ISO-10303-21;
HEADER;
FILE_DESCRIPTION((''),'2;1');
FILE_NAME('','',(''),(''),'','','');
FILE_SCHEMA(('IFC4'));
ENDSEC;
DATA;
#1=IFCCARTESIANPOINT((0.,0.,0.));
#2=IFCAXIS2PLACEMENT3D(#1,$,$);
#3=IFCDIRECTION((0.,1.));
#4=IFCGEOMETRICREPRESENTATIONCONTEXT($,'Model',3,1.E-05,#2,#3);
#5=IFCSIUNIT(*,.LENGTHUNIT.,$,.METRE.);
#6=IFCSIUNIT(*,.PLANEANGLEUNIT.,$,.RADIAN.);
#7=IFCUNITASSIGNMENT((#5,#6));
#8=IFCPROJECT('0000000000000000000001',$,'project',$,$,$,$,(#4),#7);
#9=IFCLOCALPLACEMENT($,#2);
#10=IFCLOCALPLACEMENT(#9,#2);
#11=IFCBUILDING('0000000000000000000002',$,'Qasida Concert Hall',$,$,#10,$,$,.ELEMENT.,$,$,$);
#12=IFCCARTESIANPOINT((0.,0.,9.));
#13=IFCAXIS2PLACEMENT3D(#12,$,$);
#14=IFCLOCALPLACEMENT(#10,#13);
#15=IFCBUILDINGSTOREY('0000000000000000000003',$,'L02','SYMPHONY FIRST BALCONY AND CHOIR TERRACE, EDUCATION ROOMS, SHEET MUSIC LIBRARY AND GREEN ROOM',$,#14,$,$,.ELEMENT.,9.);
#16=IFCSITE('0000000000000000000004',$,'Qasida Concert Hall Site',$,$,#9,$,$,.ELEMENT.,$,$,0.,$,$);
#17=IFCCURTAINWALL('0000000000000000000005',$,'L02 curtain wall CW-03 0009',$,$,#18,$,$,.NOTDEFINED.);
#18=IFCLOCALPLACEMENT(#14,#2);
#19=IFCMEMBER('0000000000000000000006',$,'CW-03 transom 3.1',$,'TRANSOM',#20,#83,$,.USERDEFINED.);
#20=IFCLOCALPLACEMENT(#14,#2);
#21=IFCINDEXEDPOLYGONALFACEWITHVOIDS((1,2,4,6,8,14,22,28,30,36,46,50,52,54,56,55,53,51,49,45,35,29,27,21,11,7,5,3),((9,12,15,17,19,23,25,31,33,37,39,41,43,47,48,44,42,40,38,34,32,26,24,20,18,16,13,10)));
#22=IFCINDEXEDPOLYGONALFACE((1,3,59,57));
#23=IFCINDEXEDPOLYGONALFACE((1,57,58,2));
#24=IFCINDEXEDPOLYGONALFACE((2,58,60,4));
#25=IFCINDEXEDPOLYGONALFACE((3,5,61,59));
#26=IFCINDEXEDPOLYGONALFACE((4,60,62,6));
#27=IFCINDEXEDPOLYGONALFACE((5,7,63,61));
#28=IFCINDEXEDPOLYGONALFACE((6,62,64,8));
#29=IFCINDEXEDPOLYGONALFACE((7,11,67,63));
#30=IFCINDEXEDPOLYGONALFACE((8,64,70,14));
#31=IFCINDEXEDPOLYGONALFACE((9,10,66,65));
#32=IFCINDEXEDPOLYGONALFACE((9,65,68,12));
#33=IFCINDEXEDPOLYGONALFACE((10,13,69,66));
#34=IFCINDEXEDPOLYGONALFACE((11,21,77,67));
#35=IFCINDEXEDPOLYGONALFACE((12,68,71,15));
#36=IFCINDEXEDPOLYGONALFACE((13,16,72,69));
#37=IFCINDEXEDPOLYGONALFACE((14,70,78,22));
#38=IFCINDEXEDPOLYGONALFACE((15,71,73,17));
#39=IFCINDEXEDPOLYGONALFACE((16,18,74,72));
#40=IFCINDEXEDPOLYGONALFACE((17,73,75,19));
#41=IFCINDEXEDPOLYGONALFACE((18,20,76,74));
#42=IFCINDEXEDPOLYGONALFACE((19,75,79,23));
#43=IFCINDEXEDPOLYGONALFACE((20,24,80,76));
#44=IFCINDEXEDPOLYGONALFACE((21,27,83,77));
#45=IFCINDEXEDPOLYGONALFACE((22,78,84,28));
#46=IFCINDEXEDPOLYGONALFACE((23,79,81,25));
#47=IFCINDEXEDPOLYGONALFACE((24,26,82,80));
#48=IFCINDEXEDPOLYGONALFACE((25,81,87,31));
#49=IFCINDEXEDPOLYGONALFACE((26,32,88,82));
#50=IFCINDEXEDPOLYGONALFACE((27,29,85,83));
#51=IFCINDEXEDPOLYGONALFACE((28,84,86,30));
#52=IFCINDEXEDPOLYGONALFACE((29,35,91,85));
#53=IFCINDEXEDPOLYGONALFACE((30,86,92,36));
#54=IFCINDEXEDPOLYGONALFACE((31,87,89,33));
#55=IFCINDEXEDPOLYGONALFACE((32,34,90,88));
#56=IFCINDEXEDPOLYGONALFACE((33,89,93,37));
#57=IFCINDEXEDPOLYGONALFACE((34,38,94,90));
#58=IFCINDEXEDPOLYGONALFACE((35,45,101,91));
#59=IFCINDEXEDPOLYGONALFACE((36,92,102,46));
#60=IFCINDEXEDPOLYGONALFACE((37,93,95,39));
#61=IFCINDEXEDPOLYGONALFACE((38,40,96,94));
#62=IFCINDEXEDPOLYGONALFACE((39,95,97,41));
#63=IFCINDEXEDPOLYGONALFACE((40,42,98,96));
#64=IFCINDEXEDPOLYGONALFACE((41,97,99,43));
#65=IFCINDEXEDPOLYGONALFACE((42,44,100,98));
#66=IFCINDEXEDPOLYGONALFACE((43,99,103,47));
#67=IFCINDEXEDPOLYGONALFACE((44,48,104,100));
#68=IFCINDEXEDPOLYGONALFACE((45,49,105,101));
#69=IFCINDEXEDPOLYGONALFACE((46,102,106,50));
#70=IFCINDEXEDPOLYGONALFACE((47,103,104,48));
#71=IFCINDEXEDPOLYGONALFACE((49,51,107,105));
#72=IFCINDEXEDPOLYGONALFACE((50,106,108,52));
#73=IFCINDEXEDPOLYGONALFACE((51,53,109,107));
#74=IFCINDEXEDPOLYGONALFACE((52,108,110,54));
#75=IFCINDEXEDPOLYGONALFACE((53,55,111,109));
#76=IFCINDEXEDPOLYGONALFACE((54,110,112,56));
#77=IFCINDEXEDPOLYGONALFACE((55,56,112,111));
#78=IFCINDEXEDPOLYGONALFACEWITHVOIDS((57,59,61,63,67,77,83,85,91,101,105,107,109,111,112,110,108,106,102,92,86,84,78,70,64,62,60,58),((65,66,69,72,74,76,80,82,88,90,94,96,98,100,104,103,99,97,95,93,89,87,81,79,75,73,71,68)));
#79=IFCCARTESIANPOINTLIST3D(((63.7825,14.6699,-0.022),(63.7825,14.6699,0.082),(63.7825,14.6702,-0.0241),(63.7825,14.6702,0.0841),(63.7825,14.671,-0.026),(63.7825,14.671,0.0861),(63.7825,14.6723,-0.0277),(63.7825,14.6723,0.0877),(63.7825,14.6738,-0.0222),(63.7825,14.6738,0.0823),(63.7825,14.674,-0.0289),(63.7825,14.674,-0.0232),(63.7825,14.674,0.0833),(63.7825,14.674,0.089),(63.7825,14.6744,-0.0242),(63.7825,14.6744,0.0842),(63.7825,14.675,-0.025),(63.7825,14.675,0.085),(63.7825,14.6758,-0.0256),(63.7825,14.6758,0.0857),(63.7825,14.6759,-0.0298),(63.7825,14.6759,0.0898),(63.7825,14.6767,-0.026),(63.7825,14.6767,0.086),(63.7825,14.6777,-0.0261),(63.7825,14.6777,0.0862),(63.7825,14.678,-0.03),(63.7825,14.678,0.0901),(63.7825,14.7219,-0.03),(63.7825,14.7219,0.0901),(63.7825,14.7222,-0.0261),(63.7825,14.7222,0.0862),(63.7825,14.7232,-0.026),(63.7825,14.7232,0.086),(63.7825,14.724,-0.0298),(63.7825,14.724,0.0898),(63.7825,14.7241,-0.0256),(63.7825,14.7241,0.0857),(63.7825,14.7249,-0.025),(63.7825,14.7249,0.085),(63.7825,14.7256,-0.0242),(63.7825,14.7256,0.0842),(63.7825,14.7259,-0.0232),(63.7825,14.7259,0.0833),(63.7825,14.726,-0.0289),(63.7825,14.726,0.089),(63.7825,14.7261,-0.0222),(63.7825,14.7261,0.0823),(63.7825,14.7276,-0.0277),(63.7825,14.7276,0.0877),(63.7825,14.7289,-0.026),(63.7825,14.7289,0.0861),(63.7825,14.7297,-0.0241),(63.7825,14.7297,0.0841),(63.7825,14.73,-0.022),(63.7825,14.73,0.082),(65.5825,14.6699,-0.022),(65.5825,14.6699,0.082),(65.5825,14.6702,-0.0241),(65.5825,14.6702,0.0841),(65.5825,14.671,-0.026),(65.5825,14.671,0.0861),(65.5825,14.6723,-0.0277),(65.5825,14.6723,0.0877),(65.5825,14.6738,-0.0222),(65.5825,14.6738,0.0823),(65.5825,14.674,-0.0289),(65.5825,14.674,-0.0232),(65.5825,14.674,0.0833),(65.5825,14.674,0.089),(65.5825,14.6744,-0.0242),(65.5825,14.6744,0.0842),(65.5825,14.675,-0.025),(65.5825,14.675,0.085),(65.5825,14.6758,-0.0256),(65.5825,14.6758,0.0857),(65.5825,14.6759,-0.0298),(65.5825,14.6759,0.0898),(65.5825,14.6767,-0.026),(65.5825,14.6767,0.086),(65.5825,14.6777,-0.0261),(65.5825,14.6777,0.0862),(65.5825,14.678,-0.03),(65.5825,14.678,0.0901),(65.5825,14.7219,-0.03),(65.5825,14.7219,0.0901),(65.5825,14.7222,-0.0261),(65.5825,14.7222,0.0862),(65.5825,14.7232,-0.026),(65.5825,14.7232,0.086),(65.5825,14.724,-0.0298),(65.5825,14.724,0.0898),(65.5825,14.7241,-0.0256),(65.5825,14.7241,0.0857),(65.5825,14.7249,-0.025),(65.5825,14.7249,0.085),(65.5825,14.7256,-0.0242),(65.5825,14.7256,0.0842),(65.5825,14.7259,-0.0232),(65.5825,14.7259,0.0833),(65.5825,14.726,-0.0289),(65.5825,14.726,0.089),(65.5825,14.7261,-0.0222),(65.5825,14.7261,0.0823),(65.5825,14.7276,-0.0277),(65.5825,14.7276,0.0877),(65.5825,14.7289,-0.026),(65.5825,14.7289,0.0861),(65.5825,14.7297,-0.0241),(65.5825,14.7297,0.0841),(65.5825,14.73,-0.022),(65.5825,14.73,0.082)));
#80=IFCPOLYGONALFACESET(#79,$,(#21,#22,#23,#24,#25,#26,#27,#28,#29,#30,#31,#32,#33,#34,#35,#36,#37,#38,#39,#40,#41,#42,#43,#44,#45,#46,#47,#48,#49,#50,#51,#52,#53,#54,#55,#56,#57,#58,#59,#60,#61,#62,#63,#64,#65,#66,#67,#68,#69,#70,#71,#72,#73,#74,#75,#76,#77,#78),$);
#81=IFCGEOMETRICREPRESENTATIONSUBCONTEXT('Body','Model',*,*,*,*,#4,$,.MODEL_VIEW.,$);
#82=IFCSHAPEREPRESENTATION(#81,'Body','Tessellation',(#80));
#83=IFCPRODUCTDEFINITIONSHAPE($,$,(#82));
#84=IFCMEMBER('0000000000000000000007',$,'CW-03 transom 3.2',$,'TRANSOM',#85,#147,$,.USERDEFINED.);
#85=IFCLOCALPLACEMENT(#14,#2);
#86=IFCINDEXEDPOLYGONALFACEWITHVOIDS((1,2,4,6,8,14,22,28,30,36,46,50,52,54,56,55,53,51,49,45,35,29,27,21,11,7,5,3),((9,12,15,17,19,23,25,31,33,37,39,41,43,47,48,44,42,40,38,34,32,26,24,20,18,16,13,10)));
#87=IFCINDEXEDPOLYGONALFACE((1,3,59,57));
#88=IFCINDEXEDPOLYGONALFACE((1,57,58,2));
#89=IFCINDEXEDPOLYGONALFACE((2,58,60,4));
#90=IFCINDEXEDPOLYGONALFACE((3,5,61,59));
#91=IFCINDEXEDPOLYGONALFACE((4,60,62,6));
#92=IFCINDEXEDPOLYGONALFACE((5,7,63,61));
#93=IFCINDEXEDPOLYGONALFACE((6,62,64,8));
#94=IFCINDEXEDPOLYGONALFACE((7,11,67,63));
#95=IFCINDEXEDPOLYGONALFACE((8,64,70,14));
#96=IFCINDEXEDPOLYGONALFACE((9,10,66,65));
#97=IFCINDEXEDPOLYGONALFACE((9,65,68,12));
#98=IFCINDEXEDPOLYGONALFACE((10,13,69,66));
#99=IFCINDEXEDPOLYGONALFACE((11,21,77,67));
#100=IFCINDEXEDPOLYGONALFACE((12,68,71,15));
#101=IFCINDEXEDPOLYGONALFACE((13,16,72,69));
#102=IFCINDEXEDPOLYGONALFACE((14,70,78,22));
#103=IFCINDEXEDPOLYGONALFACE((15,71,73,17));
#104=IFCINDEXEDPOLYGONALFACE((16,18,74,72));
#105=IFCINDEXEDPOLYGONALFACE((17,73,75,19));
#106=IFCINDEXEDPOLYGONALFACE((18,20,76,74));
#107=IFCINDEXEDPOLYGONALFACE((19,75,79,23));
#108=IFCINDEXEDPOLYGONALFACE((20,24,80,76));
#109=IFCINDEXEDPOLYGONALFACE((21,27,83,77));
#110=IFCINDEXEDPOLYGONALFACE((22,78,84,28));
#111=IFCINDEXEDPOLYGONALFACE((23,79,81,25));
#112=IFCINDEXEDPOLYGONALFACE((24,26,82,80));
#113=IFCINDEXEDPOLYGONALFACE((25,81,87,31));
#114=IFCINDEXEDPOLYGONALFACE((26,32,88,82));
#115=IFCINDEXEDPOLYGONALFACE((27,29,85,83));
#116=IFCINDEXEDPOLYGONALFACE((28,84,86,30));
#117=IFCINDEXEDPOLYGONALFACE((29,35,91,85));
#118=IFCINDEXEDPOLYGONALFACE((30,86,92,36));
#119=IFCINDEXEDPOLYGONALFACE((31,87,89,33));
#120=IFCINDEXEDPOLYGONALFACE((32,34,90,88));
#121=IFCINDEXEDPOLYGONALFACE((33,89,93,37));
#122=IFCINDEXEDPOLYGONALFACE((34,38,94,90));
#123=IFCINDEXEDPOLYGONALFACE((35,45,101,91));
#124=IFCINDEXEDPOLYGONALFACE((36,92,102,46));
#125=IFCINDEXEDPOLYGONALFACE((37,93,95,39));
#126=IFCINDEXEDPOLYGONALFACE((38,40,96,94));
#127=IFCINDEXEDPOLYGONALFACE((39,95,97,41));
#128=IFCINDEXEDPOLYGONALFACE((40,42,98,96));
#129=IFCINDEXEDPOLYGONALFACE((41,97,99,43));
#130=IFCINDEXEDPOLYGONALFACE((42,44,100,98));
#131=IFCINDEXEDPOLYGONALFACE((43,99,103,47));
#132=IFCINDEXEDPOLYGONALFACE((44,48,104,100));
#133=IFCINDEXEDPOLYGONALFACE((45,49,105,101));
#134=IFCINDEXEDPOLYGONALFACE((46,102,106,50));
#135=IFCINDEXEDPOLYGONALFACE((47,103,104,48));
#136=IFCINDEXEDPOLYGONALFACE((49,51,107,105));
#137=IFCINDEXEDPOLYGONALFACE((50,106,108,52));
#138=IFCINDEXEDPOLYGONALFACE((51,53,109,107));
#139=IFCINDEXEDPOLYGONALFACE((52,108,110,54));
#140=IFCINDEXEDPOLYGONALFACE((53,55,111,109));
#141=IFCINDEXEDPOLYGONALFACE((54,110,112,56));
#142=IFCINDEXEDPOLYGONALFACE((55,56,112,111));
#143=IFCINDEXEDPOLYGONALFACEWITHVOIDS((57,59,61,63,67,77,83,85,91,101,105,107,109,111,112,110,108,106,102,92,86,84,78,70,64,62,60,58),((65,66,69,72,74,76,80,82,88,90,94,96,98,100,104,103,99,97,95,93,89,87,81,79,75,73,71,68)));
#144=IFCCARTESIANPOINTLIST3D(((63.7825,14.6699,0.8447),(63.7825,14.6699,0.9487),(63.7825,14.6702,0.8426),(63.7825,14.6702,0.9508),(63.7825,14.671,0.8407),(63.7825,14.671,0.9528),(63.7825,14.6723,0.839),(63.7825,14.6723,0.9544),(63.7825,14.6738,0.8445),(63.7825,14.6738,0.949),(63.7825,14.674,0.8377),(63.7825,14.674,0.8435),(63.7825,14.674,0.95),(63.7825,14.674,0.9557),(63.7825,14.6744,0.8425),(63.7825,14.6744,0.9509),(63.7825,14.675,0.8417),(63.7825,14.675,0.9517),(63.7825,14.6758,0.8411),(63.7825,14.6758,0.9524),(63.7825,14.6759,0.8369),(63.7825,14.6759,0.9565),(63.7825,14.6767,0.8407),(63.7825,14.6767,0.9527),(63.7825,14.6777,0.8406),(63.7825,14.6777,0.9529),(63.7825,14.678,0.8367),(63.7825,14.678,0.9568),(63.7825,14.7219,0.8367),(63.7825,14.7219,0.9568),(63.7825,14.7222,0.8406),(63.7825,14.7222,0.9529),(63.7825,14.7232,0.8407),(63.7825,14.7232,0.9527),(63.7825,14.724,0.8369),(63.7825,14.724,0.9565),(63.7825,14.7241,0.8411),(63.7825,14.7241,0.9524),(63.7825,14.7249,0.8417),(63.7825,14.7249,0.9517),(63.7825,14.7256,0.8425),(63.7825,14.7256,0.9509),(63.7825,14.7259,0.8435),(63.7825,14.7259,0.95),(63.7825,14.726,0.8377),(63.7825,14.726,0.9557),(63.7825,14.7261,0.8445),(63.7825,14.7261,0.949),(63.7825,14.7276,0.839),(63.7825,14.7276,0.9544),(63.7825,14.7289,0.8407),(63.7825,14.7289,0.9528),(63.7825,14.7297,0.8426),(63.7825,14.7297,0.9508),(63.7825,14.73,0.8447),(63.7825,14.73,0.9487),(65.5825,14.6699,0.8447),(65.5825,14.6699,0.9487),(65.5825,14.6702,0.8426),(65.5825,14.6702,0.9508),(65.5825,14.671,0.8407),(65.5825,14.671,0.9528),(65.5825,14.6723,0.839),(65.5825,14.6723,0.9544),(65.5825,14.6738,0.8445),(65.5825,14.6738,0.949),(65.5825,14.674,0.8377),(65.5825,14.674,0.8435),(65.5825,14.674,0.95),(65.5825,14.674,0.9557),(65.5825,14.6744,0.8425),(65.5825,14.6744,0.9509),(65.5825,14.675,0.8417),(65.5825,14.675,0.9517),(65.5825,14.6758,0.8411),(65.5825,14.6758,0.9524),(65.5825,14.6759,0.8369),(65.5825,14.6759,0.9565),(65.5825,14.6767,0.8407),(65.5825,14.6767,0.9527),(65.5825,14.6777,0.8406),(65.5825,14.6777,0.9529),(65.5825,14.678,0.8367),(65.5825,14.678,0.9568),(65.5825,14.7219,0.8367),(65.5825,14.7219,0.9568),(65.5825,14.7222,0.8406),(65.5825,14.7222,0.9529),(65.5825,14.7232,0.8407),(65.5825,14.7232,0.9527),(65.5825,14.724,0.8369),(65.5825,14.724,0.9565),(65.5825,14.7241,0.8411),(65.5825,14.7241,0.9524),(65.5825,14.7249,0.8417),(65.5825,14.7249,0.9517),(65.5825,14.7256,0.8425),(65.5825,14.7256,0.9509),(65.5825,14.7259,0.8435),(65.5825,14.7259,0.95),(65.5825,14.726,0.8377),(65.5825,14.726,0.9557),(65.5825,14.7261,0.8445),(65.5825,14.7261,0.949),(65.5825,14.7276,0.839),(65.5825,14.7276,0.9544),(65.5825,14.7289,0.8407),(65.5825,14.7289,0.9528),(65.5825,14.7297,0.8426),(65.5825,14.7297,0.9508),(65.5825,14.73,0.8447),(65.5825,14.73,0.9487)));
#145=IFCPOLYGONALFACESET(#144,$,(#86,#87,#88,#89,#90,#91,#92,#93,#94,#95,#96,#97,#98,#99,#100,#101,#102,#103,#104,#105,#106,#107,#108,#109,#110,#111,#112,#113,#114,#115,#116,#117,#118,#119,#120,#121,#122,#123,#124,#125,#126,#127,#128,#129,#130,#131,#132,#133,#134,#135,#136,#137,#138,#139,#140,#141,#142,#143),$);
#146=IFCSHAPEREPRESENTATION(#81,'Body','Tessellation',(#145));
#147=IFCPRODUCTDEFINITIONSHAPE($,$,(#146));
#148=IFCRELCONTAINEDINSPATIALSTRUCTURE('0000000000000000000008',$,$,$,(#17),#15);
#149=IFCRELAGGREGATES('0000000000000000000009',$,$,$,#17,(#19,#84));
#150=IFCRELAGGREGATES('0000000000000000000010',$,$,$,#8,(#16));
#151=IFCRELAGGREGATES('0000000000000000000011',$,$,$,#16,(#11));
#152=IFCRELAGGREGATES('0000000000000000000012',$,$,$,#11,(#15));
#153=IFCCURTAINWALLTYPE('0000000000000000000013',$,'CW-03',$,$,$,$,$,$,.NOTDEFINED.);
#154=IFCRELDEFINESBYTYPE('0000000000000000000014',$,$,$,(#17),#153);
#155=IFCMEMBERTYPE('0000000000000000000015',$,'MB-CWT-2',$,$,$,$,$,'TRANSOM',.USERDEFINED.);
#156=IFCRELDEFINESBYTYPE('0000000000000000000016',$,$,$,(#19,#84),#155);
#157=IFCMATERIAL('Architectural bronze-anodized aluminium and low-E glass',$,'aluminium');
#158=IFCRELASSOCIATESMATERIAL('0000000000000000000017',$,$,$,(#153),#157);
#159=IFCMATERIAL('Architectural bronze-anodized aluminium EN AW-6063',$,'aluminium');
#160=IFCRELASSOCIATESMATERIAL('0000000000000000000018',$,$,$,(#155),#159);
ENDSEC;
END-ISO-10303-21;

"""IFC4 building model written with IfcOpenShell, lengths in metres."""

from ifc_helpers import new_model, si_unit, direction, frame, origin, origin_2d, place, context, subcontext, project, spatial, hollow_rectangle, extrude, material, material_profile, profile_set, type_object, element, aggregate, save


model = new_model("IFC4")

# Units and contexts
model_context = context("Model", 3, precision=1e-05, world=origin(), true_north=direction((0.0, 1.0)))
body_context = subcontext(model_context, "Body", "Model", "MODEL_VIEW")
ifc_project = project(units=[si_unit("LENGTHUNIT", "METRE"), si_unit("PLANEANGLEUNIT", "RADIAN")], contexts=[model_context])

# Site, building, storey
site_placement = place(None, origin())
site = spatial("IfcSite", under=ifc_project, at=site_placement, Name="Qasida Concert Hall Site", CompositionType="ELEMENT", RefElevation=0.0)
building_placement = place(site_placement, origin())
building = spatial("IfcBuilding", under=site, at=building_placement, Name="Qasida Concert Hall", CompositionType="ELEMENT")
storey_placement = place(building_placement, frame((0.0, 0.0, 9.0)))
storey = spatial("IfcBuildingStorey", under=building, at=storey_placement, Name="L02", Description="SYMPHONY FIRST BALCONY AND CHOIR TERRACE, EDUCATION ROOMS, SHEET MUSIC LIBRARY AND GREEN ROOM", CompositionType="ELEMENT", Elevation=9.0)

# Curtain wall, members
ifc_material_1 = material(Name="Architectural bronze-anodized aluminium and low-E glass", Category="aluminium")
curtain_wall_type = type_object("IfcCurtainWallType", Name="CW-03", PredefinedType="NOTDEFINED", material=ifc_material_1)
curtain_wall_placement = place(storey_placement, origin())
curtain_wall = element("IfcCurtainWall", 1, at=curtain_wall_placement, inside=storey, type_object=curtain_wall_type, Name="L02 curtain wall CW-03 0009", PredefinedType="NOTDEFINED")
ifc_material_2 = material(Name="Architectural bronze-anodized aluminium EN AW-6063", Category="aluminium")
ifc_material_profile_1 = material_profile(ifc_material_2, hollow_rectangle(XDim=0.0601, YDim=0.1201, WallThickness=0.0039, InnerFilletRadius=0.0039, OuterFilletRadius=0.0081, at=origin_2d()), Name="CWT 120x60x4")
ifc_profile_set_1 = profile_set([ifc_material_profile_1], Name="Architectural bronze-anodized aluminium EN AW-6063")
member_type_1 = type_object("IfcMemberType", Name="MB-CWT-2", ElementType="TRANSOM", PredefinedType="USERDEFINED", material=ifc_profile_set_1)
member_1_placement = place(storey_placement, frame((63.7825, 14.7, 0.03), z_axis=(1.0, 0.0, 0.0), x_axis=(0.0, 1.0, 0.0)))
member_1 = element("IfcMember", 2, at=member_1_placement, type_object=member_type_1, Name="CW-03 transom 3.1", ObjectType="TRANSOM", PredefinedType="USERDEFINED", context=body_context, shape_type="SweptSolid", body=[
    extrude(hollow_rectangle(XDim=0.0601, YDim=0.1201, WallThickness=0.0039, InnerFilletRadius=0.0039, OuterFilletRadius=0.0081, at=origin_2d()), origin(), (0.0, 0.0, 1.0), 1.8),
])
member_2_placement = place(storey_placement, frame((63.7825, 14.7, 0.8967), z_axis=(1.0, 0.0, 0.0), x_axis=(0.0, 1.0, 0.0)))
member_2 = element("IfcMember", 3, at=member_2_placement, type_object=member_type_1, Name="CW-03 transom 3.2", ObjectType="TRANSOM", PredefinedType="USERDEFINED", context=body_context, shape_type="SweptSolid", body=[
    extrude(hollow_rectangle(XDim=0.0601, YDim=0.1201, WallThickness=0.0039, InnerFilletRadius=0.0039, OuterFilletRadius=0.0081, at=origin_2d()), origin(), (0.0, 0.0, 1.0), 1.8),
])
aggregate(curtain_wall, [member_1, member_2])

save(model, "model.ifc")
